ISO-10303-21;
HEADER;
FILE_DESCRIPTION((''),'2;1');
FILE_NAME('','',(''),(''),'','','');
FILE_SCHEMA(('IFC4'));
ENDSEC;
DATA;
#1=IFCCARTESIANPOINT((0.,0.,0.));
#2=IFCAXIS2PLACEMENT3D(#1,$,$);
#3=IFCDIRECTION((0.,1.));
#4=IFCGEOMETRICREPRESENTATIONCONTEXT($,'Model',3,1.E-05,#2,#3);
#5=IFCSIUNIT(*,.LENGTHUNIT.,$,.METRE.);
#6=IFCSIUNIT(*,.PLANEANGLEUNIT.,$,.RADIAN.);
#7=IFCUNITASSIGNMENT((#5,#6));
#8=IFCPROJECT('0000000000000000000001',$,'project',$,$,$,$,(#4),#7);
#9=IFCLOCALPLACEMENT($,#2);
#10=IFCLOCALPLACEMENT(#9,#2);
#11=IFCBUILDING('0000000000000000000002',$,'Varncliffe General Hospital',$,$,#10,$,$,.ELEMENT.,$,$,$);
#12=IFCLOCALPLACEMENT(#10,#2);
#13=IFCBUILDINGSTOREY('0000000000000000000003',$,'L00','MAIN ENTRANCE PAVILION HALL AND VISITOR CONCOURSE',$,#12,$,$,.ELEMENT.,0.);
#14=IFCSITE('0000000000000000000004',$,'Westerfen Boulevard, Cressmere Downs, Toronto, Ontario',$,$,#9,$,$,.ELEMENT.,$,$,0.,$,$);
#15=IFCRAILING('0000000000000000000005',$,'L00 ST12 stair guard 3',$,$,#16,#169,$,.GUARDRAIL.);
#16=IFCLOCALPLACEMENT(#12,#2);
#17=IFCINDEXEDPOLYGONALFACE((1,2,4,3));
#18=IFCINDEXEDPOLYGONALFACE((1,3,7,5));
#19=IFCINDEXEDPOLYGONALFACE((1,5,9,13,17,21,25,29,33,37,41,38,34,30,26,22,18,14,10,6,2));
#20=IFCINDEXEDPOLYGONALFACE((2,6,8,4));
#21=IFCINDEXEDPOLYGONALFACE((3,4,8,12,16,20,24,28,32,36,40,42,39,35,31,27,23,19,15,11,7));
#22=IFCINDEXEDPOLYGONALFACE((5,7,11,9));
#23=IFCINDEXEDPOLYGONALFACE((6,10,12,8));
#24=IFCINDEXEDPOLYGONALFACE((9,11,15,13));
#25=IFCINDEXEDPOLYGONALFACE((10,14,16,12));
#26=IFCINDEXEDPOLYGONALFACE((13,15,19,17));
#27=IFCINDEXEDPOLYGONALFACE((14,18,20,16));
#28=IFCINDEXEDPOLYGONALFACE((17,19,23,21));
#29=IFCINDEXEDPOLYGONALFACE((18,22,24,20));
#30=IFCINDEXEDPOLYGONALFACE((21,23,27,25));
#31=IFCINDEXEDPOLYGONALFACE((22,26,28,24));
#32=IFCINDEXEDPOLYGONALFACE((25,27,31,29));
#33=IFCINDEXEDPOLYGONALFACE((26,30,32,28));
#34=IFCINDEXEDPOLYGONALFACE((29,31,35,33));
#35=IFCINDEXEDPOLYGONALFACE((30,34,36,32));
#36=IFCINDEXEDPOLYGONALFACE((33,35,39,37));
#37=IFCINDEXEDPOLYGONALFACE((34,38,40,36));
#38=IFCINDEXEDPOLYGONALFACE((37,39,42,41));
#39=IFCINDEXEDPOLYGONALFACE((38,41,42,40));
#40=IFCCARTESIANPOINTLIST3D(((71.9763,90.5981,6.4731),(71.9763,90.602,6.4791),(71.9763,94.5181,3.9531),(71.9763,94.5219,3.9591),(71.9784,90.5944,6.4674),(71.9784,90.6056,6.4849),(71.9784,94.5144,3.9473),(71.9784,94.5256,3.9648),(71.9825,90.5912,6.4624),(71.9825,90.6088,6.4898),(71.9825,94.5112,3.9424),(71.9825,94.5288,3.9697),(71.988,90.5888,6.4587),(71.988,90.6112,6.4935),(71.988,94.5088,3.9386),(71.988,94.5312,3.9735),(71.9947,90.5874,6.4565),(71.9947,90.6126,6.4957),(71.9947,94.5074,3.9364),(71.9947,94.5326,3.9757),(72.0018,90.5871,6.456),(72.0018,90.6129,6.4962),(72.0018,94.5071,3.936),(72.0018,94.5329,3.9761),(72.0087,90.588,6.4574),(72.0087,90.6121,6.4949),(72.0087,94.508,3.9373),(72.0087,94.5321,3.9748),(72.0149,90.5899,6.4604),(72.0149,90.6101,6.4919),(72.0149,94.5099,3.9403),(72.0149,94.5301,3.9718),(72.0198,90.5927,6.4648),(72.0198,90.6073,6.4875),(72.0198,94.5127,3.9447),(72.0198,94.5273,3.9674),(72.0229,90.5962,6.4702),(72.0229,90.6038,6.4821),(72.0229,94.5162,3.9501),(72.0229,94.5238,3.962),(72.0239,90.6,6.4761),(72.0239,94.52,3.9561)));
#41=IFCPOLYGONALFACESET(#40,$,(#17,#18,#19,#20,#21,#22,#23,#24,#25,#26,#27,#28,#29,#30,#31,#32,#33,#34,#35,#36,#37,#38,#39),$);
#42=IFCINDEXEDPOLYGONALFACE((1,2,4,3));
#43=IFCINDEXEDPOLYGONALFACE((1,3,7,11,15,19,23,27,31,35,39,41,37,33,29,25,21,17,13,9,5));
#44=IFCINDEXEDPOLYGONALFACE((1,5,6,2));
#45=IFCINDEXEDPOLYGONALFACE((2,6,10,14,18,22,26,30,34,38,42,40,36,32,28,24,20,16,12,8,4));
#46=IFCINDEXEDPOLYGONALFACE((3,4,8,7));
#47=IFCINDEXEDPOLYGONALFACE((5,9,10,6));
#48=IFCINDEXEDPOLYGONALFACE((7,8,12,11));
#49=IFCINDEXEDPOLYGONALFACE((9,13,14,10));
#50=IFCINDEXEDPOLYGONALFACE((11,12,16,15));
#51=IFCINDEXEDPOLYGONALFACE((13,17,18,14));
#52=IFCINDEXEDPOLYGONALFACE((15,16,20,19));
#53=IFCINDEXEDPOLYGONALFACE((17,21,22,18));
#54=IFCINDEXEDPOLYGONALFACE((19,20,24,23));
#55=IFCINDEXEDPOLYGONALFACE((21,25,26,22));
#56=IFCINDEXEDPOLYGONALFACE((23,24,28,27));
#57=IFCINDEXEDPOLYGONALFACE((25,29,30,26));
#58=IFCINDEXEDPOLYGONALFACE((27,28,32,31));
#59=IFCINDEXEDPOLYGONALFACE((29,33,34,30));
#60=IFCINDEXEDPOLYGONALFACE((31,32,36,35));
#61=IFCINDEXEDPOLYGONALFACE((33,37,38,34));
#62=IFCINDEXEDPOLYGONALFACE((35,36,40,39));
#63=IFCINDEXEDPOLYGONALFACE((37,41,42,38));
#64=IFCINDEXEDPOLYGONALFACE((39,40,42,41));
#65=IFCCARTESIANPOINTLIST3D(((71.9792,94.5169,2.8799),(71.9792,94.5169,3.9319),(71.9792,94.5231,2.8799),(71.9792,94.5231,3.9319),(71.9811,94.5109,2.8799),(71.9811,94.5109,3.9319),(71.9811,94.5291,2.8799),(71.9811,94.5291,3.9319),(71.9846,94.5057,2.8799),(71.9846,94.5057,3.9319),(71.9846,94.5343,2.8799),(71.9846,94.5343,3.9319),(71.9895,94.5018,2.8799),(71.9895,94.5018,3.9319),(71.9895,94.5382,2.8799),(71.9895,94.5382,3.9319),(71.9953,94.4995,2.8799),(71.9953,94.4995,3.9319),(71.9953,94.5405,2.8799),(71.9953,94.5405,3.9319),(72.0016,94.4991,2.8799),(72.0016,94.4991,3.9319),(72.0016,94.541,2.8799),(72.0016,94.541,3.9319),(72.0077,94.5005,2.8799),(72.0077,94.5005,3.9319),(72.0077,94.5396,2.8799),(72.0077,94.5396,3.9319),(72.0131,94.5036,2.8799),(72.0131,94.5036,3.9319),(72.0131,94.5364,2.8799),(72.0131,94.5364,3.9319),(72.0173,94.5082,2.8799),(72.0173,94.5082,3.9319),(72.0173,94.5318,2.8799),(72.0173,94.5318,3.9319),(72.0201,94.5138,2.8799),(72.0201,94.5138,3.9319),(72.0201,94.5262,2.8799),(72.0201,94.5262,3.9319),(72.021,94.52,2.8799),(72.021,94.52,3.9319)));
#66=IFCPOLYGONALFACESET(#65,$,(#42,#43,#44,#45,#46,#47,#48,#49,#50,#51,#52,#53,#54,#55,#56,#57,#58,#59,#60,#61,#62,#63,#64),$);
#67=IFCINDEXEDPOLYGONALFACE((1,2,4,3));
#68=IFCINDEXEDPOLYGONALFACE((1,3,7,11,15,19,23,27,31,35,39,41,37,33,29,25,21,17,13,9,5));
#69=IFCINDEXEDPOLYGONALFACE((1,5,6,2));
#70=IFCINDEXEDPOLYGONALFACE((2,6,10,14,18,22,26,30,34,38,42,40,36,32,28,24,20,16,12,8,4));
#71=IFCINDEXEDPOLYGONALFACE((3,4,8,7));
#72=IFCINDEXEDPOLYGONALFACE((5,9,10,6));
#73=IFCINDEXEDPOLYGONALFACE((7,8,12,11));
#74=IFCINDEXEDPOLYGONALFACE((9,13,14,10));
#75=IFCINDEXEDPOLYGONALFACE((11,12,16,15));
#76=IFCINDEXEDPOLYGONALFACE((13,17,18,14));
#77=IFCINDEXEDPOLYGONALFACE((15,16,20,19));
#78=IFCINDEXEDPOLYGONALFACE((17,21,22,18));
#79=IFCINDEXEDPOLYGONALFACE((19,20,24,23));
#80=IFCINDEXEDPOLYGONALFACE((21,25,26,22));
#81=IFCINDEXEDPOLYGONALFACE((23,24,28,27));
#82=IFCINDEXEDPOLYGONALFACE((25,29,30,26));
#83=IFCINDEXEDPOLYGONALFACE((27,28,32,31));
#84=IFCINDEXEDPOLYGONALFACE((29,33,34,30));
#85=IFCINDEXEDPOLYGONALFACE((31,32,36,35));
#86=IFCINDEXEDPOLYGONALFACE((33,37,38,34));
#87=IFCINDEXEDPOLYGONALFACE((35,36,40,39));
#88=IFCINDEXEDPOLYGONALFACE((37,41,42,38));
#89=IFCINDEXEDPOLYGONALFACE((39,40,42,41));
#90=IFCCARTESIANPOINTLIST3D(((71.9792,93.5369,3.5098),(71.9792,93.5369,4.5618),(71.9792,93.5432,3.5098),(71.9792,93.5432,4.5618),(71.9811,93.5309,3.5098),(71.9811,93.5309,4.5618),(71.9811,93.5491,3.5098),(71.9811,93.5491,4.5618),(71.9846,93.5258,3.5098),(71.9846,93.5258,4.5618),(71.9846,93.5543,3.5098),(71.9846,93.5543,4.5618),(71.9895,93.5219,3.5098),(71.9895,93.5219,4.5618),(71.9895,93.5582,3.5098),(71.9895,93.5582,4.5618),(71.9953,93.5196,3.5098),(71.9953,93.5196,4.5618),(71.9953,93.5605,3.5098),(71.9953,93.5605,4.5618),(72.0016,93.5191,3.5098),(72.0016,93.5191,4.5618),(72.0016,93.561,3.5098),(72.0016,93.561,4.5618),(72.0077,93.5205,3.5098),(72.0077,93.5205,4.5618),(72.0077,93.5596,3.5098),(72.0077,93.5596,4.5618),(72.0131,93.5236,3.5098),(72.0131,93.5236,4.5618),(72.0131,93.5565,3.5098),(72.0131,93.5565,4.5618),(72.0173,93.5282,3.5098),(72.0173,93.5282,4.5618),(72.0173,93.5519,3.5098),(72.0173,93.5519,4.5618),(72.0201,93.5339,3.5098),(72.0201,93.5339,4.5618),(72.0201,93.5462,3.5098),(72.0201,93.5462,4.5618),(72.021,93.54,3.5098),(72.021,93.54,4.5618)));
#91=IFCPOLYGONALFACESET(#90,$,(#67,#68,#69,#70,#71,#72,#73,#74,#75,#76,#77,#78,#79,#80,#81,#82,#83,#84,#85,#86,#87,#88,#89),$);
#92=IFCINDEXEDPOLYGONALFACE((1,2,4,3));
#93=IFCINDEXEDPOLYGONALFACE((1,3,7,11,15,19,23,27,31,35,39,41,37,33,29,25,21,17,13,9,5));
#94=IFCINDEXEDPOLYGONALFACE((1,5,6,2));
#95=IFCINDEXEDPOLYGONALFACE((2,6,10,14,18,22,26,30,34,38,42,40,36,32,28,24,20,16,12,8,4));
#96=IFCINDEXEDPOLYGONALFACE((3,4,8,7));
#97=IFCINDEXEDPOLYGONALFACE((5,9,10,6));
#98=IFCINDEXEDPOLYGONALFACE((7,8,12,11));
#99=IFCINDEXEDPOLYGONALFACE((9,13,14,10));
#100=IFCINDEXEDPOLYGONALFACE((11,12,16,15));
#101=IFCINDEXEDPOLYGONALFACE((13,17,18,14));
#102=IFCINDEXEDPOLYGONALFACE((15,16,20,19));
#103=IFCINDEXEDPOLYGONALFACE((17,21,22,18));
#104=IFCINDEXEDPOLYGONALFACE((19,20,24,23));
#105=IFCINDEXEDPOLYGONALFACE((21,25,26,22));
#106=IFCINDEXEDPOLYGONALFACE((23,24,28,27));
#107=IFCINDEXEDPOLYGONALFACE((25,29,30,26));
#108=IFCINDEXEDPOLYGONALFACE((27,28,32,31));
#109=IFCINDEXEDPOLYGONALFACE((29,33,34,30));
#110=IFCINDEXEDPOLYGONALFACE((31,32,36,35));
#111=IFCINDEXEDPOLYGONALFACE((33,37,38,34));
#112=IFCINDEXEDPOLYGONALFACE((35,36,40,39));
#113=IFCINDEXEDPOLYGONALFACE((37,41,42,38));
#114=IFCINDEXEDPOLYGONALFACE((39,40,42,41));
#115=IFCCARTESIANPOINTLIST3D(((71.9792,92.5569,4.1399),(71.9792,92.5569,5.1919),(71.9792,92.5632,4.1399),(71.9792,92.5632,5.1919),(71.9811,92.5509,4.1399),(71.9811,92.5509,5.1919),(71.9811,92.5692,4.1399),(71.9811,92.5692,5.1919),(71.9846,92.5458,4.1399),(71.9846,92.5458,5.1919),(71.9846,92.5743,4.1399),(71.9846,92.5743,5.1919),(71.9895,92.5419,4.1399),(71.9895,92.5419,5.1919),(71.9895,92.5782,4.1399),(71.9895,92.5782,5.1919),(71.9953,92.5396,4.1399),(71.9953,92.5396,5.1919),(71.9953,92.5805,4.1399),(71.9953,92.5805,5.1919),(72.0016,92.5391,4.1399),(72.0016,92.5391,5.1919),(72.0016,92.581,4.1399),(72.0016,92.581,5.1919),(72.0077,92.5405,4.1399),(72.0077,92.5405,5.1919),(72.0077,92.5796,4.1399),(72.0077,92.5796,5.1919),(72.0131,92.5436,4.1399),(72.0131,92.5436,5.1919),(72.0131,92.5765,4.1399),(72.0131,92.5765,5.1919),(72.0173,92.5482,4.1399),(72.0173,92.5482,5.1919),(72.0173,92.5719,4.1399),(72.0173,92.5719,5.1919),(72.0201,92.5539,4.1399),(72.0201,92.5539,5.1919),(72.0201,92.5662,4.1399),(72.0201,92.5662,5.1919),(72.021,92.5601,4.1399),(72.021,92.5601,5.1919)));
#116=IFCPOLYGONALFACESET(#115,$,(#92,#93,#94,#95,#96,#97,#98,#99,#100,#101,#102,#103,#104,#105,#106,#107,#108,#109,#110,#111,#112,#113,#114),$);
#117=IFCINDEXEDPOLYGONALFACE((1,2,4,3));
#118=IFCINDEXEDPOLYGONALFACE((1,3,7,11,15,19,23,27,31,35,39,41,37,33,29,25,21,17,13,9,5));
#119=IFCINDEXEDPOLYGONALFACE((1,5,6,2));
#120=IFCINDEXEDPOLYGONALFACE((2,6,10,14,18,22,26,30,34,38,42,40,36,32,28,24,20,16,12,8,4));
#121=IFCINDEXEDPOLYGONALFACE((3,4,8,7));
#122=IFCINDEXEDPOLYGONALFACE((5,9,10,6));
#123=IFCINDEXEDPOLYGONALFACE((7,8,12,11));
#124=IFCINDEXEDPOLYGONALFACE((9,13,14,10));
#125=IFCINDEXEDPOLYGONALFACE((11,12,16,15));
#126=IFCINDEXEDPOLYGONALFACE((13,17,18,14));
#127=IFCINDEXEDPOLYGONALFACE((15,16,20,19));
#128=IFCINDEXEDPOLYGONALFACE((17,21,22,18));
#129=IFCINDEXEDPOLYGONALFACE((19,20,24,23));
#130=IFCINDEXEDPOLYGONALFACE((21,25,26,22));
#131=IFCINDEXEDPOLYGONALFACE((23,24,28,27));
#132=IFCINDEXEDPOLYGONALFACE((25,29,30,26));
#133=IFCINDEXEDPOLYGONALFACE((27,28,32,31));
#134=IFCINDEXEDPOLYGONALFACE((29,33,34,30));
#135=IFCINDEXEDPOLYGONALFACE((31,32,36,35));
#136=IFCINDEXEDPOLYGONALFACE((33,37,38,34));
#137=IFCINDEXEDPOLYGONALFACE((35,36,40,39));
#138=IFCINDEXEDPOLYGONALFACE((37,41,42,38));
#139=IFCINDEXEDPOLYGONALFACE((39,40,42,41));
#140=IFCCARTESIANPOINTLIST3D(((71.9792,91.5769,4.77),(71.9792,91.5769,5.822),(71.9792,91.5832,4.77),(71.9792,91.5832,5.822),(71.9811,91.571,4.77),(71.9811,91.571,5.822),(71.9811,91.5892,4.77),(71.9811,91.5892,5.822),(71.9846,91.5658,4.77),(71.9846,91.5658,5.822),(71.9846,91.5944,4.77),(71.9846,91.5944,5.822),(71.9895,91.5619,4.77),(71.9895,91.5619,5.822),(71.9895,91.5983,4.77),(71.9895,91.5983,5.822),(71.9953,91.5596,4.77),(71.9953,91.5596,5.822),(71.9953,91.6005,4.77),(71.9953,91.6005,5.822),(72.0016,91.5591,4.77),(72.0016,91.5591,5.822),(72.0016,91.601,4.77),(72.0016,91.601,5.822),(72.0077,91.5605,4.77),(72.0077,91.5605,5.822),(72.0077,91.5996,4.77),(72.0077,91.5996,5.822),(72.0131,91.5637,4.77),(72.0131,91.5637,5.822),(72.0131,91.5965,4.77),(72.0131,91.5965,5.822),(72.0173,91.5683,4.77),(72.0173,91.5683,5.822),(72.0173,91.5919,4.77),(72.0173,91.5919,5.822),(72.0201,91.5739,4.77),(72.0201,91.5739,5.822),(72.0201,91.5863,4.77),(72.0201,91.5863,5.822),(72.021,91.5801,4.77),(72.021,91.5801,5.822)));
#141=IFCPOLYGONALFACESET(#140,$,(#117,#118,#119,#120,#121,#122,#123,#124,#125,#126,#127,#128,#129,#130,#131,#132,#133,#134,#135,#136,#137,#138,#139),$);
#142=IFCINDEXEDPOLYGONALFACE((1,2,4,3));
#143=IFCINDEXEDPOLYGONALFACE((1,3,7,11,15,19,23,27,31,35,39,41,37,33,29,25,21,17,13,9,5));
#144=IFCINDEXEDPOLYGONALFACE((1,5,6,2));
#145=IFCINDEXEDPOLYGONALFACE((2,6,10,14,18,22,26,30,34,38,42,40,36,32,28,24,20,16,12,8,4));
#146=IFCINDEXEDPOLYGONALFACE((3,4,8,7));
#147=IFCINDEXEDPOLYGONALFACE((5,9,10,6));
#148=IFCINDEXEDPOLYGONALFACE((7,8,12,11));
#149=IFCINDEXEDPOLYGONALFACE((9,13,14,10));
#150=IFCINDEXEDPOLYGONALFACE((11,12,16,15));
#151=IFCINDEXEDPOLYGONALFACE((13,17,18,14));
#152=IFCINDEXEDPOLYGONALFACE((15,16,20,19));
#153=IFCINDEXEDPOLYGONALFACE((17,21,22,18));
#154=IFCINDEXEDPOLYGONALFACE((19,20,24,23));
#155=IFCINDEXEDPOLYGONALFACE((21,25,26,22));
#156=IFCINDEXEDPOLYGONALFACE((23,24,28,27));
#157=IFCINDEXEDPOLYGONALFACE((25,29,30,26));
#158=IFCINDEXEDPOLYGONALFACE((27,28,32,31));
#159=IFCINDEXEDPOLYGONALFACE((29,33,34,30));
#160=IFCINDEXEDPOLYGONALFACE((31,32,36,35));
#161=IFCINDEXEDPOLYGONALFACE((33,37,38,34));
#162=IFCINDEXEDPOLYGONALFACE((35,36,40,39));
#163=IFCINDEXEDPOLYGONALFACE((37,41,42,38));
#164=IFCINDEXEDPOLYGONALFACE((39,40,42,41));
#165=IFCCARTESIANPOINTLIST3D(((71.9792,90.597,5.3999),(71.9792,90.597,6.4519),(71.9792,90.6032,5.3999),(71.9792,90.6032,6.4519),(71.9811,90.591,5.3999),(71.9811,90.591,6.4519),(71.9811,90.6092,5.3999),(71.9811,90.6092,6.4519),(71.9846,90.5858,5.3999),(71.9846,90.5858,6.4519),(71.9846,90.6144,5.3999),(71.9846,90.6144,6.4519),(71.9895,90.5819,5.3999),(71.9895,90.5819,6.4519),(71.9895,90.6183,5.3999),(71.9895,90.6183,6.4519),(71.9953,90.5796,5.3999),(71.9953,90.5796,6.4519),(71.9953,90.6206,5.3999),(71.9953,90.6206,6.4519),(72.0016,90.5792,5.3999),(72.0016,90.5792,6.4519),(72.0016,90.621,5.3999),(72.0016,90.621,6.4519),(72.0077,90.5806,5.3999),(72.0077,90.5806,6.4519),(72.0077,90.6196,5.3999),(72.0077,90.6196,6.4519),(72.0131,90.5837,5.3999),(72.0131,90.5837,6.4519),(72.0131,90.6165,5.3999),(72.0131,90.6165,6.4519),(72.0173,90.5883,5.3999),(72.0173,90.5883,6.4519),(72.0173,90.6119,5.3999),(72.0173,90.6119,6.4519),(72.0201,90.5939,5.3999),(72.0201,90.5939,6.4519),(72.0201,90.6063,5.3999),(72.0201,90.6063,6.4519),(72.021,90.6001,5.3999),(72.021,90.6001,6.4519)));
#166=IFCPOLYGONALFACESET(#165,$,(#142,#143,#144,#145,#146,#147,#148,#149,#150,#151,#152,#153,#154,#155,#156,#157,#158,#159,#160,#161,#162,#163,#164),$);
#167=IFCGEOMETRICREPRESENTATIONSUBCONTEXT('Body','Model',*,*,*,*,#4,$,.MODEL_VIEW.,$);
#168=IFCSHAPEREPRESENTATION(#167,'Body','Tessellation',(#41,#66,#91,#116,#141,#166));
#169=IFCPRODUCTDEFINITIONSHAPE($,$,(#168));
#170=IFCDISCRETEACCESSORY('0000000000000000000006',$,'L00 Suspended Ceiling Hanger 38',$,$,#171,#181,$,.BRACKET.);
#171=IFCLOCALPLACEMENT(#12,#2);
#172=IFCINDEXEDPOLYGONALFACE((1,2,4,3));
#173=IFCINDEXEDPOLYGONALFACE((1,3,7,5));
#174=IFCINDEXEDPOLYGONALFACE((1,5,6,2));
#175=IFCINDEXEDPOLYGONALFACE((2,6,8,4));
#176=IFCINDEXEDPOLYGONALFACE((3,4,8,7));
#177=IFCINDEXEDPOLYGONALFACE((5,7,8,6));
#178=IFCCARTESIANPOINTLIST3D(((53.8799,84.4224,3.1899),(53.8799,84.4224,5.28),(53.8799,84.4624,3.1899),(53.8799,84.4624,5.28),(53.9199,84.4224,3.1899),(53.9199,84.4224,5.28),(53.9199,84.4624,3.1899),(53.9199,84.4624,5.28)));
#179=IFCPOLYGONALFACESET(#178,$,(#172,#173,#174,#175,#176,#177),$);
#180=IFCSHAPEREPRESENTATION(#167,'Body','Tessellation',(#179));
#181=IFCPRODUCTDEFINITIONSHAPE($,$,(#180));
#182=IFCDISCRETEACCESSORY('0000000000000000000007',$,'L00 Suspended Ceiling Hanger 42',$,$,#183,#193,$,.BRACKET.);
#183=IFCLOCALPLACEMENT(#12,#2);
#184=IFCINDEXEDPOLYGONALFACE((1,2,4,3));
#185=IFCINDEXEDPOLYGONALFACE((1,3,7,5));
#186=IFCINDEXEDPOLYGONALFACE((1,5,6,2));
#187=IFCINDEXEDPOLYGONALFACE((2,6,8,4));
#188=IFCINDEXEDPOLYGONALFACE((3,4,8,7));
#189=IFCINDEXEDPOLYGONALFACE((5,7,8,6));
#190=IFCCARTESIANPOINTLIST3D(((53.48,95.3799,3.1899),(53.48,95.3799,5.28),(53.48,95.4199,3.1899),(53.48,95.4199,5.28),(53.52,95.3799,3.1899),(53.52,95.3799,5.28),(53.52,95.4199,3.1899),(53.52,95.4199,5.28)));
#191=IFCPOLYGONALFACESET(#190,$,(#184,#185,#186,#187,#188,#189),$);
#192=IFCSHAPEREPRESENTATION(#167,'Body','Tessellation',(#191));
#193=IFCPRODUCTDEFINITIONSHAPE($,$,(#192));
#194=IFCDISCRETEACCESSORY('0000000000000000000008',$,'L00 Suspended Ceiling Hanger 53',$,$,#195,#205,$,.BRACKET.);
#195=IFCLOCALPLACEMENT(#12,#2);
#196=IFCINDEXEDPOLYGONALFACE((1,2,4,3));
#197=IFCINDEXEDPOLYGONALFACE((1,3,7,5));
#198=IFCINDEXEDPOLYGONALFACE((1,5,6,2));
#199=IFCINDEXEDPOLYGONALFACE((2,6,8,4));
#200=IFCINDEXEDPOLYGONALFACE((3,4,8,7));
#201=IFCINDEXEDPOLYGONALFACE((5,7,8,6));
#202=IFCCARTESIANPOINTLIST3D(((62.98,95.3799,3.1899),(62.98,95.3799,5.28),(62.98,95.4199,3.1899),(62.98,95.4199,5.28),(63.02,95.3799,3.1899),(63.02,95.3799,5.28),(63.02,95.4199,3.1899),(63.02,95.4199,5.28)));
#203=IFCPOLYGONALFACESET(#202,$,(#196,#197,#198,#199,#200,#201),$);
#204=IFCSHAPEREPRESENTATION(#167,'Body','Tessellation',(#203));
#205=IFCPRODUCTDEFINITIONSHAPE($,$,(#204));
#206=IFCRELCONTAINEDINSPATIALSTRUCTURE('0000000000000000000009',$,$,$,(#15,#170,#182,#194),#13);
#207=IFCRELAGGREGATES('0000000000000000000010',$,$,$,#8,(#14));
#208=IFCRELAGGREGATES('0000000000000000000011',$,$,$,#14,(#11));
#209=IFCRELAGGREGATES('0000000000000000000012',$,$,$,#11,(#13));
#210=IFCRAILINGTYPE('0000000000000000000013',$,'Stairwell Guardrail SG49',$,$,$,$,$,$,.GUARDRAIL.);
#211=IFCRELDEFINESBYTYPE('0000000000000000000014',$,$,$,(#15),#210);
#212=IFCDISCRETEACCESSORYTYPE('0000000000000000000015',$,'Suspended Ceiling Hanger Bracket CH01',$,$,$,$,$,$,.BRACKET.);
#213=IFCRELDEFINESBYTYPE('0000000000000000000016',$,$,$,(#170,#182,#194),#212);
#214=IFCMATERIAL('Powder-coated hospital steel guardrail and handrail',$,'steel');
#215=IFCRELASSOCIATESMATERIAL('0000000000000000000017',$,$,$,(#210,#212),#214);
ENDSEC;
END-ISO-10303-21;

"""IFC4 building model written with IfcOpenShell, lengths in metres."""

from ifc_helpers import new_model, si_unit, direction, frame, origin, origin_2d, place, context, subcontext, project, spatial, rectangle, circle, extrude, material, type_object, element, save


model = new_model("IFC4")

# Units and contexts
model_context = context("Model", 3, precision=1e-05, world=origin(), true_north=direction((0.0, 1.0)))
body_context = subcontext(model_context, "Body", "Model", "MODEL_VIEW")
ifc_project = project(units=[si_unit("LENGTHUNIT", "METRE"), si_unit("PLANEANGLEUNIT", "RADIAN")], contexts=[model_context])

# Site, building, storey
site_placement = place(None, origin())
site = spatial("IfcSite", under=ifc_project, at=site_placement, Name="Westerfen Boulevard, Cressmere Downs, Toronto, Ontario", CompositionType="ELEMENT", RefElevation=0.0)
building_placement = place(site_placement, origin())
building = spatial("IfcBuilding", under=site, at=building_placement, Name="Varncliffe General Hospital", CompositionType="ELEMENT")
storey_placement = place(building_placement, origin())
storey = spatial("IfcBuildingStorey", under=building, at=storey_placement, Name="L00", Description="MAIN ENTRANCE PAVILION HALL AND VISITOR CONCOURSE", CompositionType="ELEMENT", Elevation=0.0)

# Railing
ifc_material_1 = material(Name="Powder-coated hospital steel guardrail and handrail", Category="steel")
railing_type_1 = type_object("IfcRailingType", Name="Stairwell Guardrail SG49", PredefinedType="GUARDRAIL", material=ifc_material_1)
railing_1_placement = place(storey_placement, frame((72.0, 94.52, 2.8799)))
element("IfcRailing", 1, at=railing_1_placement, inside=storey, type_object=railing_type_1, Name="L00 ST12 stair guard 3", PredefinedType="GUARDRAIL", context=body_context, shape_type="SweptSolid", body=[
    extrude(circle(Radius=0.0239, at=origin_2d()), frame((0.0, 0.0, 1.0762), z_axis=(0.0, -0.841172, 0.540768), x_axis=(1.0, 0.0, 0.0)), (0.0, 0.0, 1.0), 4.6602),
    extrude(circle(Radius=0.021, at=origin_2d()), origin(), (0.0, 0.0, 1.0), 1.052),
    extrude(circle(Radius=0.021, at=origin_2d()), frame((0.0, -0.98, 0.6299)), (0.0, 0.0, 1.0), 1.052),
    extrude(circle(Radius=0.021, at=origin_2d()), frame((0.0, -1.96, 1.26)), (0.0, 0.0, 1.0), 1.052),
    extrude(circle(Radius=0.021, at=origin_2d()), frame((0.0, -2.9399, 1.8901)), (0.0, 0.0, 1.0), 1.052),
    extrude(circle(Radius=0.021, at=origin_2d()), frame((0.0, -3.9199, 2.52)), (0.0, 0.0, 1.0), 1.052),
])

# Discrete accessories
discrete_accessory_type = type_object("IfcDiscreteAccessoryType", Name="Suspended Ceiling Hanger Bracket CH01", PredefinedType="BRACKET", material=ifc_material_1)
for number, where, z_axis, x_axis, name in (
    (2, (53.8999, 84.4424, 3.1899), (0.0, 0.0, 1.0), (1.0, 0.0, 0.0), "L00 Suspended Ceiling Hanger 38"),
    (3, (53.5, 95.3999, 3.1899), (0.0, 0.0, 1.0), (1.0, 0.0, 0.0), "L00 Suspended Ceiling Hanger 42"),
    (4, (63.0, 95.3999, 3.1899), (0.0, 0.0, 1.0), (1.0, 0.0, 0.0), "L00 Suspended Ceiling Hanger 53"),
):
    element("IfcDiscreteAccessory", number, at=place(storey_placement, frame(where, z_axis=z_axis, x_axis=x_axis)), inside=storey, type_object=discrete_accessory_type, Name=name, PredefinedType="BRACKET", context=body_context, shape_type="SweptSolid", body=[
        extrude(rectangle(XDim=0.04, YDim=0.04, at=origin_2d()), origin(), (0.0, 0.0, 1.0), 2.0901),
    ])

save(model, "model.ifc")
